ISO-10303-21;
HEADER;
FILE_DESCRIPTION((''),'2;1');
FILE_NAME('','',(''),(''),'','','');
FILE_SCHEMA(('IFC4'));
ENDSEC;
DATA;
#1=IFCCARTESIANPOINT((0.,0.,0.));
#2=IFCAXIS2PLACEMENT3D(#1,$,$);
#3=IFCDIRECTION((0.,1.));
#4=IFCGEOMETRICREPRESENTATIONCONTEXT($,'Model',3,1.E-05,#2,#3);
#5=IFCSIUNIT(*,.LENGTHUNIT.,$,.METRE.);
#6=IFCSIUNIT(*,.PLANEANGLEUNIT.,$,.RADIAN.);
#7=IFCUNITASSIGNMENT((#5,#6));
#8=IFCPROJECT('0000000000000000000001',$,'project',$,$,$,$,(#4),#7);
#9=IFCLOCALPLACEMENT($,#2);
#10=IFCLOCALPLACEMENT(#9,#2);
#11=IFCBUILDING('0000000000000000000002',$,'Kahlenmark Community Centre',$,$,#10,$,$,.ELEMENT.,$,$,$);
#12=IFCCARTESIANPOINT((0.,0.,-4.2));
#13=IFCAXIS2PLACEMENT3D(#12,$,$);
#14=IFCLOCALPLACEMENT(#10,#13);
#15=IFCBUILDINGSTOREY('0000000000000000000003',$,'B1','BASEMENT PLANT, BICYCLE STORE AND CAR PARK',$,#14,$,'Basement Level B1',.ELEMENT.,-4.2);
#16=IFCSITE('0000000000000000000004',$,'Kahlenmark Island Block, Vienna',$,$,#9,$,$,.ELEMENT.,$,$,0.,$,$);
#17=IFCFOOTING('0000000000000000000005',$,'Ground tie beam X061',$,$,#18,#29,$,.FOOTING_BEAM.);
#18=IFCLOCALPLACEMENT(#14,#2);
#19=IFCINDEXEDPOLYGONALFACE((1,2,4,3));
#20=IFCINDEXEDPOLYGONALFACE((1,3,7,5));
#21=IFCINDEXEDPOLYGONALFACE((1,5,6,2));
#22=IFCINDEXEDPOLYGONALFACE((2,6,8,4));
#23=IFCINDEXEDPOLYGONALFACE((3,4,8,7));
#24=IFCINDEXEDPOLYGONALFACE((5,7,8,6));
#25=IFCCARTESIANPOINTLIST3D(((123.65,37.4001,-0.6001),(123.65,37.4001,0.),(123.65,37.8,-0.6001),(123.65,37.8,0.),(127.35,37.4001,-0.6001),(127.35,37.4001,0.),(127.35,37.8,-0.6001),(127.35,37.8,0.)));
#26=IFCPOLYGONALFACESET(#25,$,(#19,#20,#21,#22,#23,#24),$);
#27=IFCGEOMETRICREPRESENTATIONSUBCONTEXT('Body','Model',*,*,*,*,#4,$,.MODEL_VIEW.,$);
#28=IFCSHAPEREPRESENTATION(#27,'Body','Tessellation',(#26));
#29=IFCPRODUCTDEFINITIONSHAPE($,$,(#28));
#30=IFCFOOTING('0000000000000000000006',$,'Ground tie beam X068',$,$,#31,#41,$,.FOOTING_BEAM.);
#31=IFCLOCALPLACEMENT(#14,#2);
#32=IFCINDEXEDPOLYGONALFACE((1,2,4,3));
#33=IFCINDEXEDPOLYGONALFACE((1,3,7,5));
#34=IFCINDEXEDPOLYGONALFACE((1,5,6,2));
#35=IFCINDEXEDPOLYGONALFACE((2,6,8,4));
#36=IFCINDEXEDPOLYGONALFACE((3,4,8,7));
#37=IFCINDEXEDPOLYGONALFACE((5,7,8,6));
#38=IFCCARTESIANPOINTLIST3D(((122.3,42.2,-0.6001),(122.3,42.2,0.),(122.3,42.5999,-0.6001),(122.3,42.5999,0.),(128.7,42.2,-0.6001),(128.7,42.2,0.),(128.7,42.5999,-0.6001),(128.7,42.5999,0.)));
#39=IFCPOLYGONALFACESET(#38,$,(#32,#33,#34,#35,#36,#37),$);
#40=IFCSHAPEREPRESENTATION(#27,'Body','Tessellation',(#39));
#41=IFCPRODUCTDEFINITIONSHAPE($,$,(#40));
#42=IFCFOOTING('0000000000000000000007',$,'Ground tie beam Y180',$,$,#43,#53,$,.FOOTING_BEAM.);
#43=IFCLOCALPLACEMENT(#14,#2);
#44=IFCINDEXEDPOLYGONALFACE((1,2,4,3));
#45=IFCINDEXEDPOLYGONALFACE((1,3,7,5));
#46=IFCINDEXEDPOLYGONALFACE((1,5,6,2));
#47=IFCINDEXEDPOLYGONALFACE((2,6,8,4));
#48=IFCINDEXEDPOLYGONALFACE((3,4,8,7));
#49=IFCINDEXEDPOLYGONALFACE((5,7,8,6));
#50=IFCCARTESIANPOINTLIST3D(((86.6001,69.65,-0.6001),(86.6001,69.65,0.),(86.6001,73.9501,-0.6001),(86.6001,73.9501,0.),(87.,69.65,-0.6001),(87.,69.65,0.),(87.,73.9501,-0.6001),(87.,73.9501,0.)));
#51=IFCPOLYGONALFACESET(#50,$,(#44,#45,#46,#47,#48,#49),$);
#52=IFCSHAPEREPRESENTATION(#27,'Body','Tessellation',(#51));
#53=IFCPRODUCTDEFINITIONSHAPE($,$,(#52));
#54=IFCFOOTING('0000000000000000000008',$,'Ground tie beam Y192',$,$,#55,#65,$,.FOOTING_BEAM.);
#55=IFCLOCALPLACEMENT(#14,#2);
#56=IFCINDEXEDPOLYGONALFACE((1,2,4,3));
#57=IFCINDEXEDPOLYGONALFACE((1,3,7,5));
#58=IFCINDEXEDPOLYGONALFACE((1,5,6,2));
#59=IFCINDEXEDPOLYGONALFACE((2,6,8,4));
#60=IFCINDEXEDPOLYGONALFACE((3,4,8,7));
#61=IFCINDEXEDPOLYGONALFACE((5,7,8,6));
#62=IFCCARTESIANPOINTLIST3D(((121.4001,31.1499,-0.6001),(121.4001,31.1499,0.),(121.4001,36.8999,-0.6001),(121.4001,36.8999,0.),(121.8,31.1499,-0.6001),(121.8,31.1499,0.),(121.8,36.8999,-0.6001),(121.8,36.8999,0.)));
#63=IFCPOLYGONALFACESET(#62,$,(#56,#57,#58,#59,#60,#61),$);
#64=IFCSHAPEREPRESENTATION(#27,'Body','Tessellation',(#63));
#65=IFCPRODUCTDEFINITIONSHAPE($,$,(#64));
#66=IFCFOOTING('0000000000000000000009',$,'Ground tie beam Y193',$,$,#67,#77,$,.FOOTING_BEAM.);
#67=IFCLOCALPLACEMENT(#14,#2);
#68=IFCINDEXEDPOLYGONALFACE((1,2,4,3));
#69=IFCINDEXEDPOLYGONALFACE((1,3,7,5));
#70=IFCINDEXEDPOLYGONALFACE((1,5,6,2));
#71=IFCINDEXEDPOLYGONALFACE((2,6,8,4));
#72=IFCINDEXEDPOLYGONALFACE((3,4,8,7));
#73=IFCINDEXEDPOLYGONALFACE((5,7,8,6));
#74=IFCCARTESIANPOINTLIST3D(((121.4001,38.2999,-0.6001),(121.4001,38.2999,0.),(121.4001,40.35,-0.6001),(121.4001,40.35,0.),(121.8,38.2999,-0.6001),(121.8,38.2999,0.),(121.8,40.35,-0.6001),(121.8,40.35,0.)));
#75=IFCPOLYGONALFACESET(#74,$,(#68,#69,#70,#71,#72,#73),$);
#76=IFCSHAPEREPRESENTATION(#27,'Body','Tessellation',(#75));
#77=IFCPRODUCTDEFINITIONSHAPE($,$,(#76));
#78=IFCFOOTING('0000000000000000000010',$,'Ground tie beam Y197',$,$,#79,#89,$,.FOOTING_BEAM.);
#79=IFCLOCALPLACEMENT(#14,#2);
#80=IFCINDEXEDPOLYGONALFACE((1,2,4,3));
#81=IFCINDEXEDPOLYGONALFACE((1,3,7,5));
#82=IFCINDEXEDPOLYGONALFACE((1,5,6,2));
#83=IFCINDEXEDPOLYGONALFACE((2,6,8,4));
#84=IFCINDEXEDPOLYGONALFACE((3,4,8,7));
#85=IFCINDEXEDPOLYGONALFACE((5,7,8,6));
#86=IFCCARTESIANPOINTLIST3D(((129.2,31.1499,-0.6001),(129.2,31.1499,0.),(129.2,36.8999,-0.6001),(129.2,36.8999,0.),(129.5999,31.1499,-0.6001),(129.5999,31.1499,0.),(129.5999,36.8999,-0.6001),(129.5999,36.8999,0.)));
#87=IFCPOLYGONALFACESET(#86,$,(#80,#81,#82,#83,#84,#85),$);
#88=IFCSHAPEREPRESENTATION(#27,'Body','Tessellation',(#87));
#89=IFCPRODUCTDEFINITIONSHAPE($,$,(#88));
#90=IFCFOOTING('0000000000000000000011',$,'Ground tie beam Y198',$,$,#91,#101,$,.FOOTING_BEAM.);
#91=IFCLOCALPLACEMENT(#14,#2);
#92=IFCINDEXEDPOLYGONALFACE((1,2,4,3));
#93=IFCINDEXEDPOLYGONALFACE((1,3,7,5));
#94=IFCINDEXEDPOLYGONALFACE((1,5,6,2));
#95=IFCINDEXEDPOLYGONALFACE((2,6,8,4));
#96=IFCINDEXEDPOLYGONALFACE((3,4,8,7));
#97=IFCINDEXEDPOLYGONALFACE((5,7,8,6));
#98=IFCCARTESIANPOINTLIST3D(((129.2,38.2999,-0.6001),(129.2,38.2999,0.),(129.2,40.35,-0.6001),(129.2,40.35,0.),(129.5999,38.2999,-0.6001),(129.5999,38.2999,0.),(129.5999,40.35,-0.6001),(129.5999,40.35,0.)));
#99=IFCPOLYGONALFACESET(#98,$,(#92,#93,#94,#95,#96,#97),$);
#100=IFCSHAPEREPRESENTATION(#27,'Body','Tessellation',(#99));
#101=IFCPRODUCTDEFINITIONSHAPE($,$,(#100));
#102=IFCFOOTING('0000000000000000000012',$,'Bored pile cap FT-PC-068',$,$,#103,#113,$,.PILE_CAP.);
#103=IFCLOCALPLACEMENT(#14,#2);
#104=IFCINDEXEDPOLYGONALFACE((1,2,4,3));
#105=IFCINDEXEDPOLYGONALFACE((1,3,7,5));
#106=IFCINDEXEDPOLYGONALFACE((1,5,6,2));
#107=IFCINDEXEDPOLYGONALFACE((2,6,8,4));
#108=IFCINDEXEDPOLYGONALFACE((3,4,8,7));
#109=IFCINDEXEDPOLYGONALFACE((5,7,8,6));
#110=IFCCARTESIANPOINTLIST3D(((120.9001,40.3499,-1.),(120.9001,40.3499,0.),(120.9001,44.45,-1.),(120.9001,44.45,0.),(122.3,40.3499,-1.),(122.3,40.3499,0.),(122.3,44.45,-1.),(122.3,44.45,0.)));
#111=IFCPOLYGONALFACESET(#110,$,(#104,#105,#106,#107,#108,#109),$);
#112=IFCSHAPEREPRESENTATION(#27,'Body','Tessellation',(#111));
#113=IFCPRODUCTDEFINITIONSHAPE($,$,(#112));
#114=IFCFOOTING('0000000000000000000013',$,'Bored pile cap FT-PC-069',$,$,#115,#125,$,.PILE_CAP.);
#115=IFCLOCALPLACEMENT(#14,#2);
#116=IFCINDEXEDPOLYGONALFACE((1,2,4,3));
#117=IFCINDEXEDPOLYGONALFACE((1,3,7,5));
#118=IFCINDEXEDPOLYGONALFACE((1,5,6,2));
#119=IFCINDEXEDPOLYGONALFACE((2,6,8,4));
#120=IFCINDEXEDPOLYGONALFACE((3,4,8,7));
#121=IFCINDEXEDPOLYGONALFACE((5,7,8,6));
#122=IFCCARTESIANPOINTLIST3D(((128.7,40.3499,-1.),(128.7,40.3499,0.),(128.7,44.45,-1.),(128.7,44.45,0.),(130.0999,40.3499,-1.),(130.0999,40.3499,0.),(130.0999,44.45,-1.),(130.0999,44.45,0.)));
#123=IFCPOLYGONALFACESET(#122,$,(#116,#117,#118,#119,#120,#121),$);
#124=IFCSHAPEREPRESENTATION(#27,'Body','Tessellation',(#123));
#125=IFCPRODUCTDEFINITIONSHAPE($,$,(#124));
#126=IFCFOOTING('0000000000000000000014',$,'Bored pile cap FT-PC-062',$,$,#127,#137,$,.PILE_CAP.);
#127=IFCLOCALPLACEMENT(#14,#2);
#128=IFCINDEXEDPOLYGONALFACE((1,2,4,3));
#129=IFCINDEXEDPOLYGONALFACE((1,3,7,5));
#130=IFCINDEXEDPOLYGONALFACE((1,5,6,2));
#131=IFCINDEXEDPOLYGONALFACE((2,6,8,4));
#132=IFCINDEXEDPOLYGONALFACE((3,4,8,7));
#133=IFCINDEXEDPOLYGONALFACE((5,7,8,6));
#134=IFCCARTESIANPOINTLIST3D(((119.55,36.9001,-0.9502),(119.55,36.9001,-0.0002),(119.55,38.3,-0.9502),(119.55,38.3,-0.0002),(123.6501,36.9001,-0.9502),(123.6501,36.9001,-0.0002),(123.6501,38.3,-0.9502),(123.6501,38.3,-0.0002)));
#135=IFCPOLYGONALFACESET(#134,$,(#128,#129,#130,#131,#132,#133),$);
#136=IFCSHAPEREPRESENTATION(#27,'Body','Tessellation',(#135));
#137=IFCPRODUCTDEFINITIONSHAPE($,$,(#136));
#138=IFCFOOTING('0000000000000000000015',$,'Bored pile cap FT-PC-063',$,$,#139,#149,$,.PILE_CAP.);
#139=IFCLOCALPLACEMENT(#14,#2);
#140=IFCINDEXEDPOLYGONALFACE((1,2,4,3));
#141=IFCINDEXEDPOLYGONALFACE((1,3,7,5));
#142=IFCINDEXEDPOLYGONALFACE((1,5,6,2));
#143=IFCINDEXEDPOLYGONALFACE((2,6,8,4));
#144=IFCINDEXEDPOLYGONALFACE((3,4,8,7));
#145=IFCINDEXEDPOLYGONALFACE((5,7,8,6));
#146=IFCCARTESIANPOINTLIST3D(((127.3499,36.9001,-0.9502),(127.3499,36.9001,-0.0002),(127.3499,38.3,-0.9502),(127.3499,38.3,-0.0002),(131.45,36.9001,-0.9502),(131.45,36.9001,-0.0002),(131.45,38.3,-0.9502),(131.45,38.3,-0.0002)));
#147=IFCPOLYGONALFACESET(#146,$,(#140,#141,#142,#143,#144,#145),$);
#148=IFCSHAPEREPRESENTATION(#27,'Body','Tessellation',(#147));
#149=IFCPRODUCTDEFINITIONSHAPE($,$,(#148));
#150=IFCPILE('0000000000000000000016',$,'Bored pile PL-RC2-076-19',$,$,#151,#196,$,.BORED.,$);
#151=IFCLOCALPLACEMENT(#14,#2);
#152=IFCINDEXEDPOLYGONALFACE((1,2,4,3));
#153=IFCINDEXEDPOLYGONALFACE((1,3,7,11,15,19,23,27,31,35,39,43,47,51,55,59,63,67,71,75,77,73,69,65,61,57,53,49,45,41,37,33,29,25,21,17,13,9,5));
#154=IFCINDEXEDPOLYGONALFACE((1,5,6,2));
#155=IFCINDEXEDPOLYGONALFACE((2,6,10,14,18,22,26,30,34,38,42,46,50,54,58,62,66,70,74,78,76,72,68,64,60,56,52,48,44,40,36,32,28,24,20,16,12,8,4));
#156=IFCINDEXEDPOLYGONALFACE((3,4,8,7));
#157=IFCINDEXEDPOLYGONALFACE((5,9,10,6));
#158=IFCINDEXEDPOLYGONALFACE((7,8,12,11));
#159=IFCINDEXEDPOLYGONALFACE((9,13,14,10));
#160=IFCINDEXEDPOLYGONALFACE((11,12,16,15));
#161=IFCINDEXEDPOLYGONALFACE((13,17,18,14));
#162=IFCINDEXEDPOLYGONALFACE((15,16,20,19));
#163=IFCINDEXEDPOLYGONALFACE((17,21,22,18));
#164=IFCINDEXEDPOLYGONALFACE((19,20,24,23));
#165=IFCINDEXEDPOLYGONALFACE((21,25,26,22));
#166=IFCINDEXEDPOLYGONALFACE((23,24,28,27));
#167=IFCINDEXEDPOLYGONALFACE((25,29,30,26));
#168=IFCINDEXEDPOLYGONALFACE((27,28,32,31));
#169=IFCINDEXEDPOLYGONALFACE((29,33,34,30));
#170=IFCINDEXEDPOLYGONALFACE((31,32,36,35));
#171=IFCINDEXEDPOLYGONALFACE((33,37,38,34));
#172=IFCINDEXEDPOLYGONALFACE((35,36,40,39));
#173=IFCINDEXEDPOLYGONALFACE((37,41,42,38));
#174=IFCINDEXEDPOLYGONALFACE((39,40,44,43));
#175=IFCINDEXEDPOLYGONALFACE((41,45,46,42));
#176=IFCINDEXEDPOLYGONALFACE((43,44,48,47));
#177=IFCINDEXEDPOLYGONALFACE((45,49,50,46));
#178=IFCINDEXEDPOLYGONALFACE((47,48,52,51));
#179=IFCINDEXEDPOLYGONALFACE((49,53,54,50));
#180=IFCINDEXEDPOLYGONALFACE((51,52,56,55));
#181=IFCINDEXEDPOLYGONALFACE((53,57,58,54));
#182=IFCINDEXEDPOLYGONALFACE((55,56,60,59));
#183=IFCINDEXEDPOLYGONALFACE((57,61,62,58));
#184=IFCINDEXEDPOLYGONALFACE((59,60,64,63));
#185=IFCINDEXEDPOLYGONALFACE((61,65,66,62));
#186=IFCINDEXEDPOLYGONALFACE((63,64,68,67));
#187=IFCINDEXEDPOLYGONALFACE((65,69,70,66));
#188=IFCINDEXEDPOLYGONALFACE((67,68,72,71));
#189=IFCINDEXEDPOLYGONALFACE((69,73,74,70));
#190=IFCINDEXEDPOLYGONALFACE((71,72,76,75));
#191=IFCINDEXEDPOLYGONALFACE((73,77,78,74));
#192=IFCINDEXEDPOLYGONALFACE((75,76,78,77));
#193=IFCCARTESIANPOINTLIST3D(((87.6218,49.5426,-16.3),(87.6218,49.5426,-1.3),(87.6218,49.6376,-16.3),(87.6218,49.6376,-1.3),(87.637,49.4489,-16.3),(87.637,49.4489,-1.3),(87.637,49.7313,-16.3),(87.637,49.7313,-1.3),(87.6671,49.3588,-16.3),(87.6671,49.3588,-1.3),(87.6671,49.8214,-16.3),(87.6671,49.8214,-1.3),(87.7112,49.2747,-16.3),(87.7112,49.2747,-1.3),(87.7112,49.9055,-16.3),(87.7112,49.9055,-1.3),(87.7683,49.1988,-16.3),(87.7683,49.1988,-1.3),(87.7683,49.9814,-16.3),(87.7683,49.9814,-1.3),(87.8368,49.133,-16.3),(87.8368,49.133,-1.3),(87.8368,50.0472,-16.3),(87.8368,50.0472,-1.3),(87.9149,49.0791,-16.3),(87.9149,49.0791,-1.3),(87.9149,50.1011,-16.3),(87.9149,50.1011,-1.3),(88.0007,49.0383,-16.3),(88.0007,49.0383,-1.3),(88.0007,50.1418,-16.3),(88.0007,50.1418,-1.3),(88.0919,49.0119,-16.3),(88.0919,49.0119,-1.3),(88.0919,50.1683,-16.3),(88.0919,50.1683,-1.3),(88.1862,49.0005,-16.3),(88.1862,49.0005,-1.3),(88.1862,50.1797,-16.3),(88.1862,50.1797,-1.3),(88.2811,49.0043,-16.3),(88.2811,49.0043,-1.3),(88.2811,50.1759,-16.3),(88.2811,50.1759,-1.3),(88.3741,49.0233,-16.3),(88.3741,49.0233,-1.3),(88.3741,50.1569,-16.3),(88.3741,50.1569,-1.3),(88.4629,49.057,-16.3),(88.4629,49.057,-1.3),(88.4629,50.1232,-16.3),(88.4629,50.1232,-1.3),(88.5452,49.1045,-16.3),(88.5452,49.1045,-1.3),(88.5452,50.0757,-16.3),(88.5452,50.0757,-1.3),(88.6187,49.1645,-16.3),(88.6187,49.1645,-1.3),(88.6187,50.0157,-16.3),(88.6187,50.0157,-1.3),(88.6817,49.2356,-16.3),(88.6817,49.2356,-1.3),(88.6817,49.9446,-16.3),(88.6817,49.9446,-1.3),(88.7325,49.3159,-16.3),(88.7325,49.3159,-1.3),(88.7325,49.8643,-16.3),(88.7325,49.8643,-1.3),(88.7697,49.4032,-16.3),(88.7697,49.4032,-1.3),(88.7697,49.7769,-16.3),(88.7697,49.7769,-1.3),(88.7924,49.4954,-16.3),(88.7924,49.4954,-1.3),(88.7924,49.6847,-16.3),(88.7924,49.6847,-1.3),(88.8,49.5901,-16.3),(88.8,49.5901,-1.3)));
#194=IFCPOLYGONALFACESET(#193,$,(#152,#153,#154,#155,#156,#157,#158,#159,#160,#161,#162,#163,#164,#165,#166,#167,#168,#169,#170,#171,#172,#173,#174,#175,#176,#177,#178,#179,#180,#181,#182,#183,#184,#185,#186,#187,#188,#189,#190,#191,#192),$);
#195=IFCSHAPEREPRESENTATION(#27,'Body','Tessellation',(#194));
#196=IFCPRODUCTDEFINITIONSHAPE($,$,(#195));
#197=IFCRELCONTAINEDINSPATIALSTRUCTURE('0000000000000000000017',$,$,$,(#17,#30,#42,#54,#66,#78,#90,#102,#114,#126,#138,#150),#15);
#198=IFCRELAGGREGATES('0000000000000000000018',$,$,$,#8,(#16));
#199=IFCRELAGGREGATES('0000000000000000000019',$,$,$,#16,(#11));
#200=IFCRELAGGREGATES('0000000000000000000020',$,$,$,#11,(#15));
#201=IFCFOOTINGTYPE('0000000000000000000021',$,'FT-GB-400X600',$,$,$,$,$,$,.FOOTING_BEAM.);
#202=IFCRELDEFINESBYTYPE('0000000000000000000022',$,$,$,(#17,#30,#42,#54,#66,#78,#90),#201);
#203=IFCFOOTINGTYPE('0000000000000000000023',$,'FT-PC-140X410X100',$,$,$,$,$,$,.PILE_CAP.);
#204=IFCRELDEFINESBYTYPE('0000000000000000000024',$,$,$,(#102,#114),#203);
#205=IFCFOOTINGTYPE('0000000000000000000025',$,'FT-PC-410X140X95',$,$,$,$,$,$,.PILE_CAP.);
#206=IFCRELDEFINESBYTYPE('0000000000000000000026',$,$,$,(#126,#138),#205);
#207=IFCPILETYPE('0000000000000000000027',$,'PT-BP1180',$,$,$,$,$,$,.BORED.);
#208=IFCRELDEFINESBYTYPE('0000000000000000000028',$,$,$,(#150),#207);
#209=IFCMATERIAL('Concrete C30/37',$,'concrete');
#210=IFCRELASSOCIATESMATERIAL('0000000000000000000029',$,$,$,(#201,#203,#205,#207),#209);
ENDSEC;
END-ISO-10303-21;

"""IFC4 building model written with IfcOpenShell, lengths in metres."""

from ifc_helpers import new_model, si_unit, direction, frame, origin, origin_2d, place, context, subcontext, project, spatial, rectangle, circle, extrude, material, material_profile, profile_set, type_object, element, save


model = new_model("IFC4")

# Units and contexts
model_context = context("Model", 3, precision=1e-05, world=origin(), true_north=direction((0.0, 1.0)))
body_context = subcontext(model_context, "Body", "Model", "MODEL_VIEW")
ifc_project = project(units=[si_unit("LENGTHUNIT", "METRE"), si_unit("PLANEANGLEUNIT", "RADIAN")], contexts=[model_context])

# Site, building, storey
site_placement = place(None, origin())
site = spatial("IfcSite", under=ifc_project, at=site_placement, Name="Kahlenmark Island Block, Vienna", CompositionType="ELEMENT", RefElevation=0.0)
building_placement = place(site_placement, origin())
building = spatial("IfcBuilding", under=site, at=building_placement, Name="Kahlenmark Community Centre", CompositionType="ELEMENT")
storey_placement = place(building_placement, frame((0.0, 0.0, -4.2)))
storey = spatial("IfcBuildingStorey", under=building, at=storey_placement, Name="B1", Description="BASEMENT PLANT, BICYCLE STORE AND CAR PARK", LongName="Basement Level B1", CompositionType="ELEMENT", Elevation=-4.2)

# Footings
ifc_material_1 = material(Name="Concrete C30/37", Category="concrete")
footing_type_1 = type_object("IfcFootingType", Name="FT-GB-400X600", PredefinedType="FOOTING_BEAM", material=ifc_material_1)
footing_1_placement = place(storey_placement, frame((125.5, 37.6001, -0.6001), z_axis=(0.0, 0.0, 1.0), x_axis=(1.0, 0.0, 0.0)))
element("IfcFooting", 1, at=footing_1_placement, inside=storey, type_object=footing_type_1, Name="Ground tie beam X061", PredefinedType="FOOTING_BEAM", context=body_context, shape_type="SweptSolid", body=[
    extrude(rectangle(XDim=3.7, YDim=0.3999, at=origin_2d()), origin(), (0.0, 0.0, 1.0), 0.6001),
])
footing_2_placement = place(storey_placement, frame((125.5, 42.3999, -0.6001), z_axis=(0.0, 0.0, 1.0), x_axis=(1.0, 0.0, 0.0)))
element("IfcFooting", 2, at=footing_2_placement, inside=storey, type_object=footing_type_1, Name="Ground tie beam X068", PredefinedType="FOOTING_BEAM", context=body_context, shape_type="SweptSolid", body=[
    extrude(rectangle(XDim=6.3999, YDim=0.3999, at=origin_2d()), origin(), (0.0, 0.0, 1.0), 0.6001),
])
footing_3_placement = place(storey_placement, frame((86.8, 71.8, -0.6001), z_axis=(0.0, 0.0, 1.0), x_axis=(1.0, 0.0, 0.0)))
element("IfcFooting", 3, at=footing_3_placement, inside=storey, type_object=footing_type_1, Name="Ground tie beam Y180", PredefinedType="FOOTING_BEAM", context=body_context, shape_type="SweptSolid", body=[
    extrude(rectangle(XDim=0.3999, YDim=4.3, at=origin_2d()), origin(), (0.0, 0.0, 1.0), 0.6001),
])
footing_4_placement = place(storey_placement, frame((121.6001, 34.0249, -0.6001), z_axis=(0.0, 0.0, 1.0), x_axis=(1.0, 0.0, 0.0)))
element("IfcFooting", 4, at=footing_4_placement, inside=storey, type_object=footing_type_1, Name="Ground tie beam Y192", PredefinedType="FOOTING_BEAM", context=body_context, shape_type="SweptSolid", body=[
    extrude(rectangle(XDim=0.3999, YDim=5.75, at=origin_2d()), origin(), (0.0, 0.0, 1.0), 0.6001),
])
footing_5_placement = place(storey_placement, frame((121.6001, 39.325, -0.6001), z_axis=(0.0, 0.0, 1.0), x_axis=(1.0, 0.0, 0.0)))
element("IfcFooting", 5, at=footing_5_placement, inside=storey, type_object=footing_type_1, Name="Ground tie beam Y193", PredefinedType="FOOTING_BEAM", context=body_context, shape_type="SweptSolid", body=[
    extrude(rectangle(XDim=0.3999, YDim=2.05, at=origin_2d()), origin(), (0.0, 0.0, 1.0), 0.6001),
])
footing_6_placement = place(storey_placement, frame((129.3999, 34.0249, -0.6001), z_axis=(0.0, 0.0, 1.0), x_axis=(1.0, 0.0, 0.0)))
element("IfcFooting", 6, at=footing_6_placement, inside=storey, type_object=footing_type_1, Name="Ground tie beam Y197", PredefinedType="FOOTING_BEAM", context=body_context, shape_type="SweptSolid", body=[
    extrude(rectangle(XDim=0.3999, YDim=5.75, at=origin_2d()), origin(), (0.0, 0.0, 1.0), 0.6001),
])
footing_7_placement = place(storey_placement, frame((129.3999, 39.325, -0.6001), z_axis=(0.0, 0.0, 1.0), x_axis=(1.0, 0.0, 0.0)))
element("IfcFooting", 7, at=footing_7_placement, inside=storey, type_object=footing_type_1, Name="Ground tie beam Y198", PredefinedType="FOOTING_BEAM", context=body_context, shape_type="SweptSolid", body=[
    extrude(rectangle(XDim=0.3999, YDim=2.05, at=origin_2d()), origin(), (0.0, 0.0, 1.0), 0.6001),
])
footing_type_2 = type_object("IfcFootingType", Name="FT-PC-140X410X100", PredefinedType="PILE_CAP", material=ifc_material_1)
for number, where, z_axis, x_axis, name in (
    (8, (121.6001, 42.3999, -1.0), (0.0, 0.0, 1.0), (1.0, 0.0, 0.0), "Bored pile cap FT-PC-068"),
    (9, (129.3999, 42.3999, -1.0), (0.0, 0.0, 1.0), (1.0, 0.0, 0.0), "Bored pile cap FT-PC-069"),
):
    element("IfcFooting", number, at=place(storey_placement, frame(where, z_axis=z_axis, x_axis=x_axis)), inside=storey, type_object=footing_type_2, Name=name, PredefinedType="PILE_CAP", context=body_context, shape_type="SweptSolid", body=[
        extrude(rectangle(XDim=1.3999, YDim=4.1001, at=origin_2d()), origin(), (0.0, 0.0, 1.0), 1.0),
    ])
footing_type_3 = type_object("IfcFootingType", Name="FT-PC-410X140X95", PredefinedType="PILE_CAP", material=ifc_material_1)
for number, where, z_axis, x_axis, name in (
    (10, (121.6001, 37.6001, -0.9502), (0.0, 0.0, 1.0), (1.0, 0.0, 0.0), "Bored pile cap FT-PC-062"),
    (11, (129.3999, 37.6001, -0.9502), (0.0, 0.0, 1.0), (1.0, 0.0, 0.0), "Bored pile cap FT-PC-063"),
):
    element("IfcFooting", number, at=place(storey_placement, frame(where, z_axis=z_axis, x_axis=x_axis)), inside=storey, type_object=footing_type_3, Name=name, PredefinedType="PILE_CAP", context=body_context, shape_type="SweptSolid", body=[
        extrude(rectangle(XDim=4.1001, YDim=1.3999, at=origin_2d()), origin(), (0.0, 0.0, 1.0), 0.95),
    ])

# Pile
ifc_material_profile_1 = material_profile(ifc_material_1, circle(Radius=0.5901, at=origin_2d()), Name="BORED PILE 1180")
ifc_profile_set_1 = profile_set([ifc_material_profile_1], Name="Concrete C30/37")
pile_type_1 = type_object("IfcPileType", Name="PT-BP1180", PredefinedType="BORED", material=ifc_profile_set_1)
for number, where, z_axis, x_axis, name in (
    (12, (88.21, 49.5901, -1.3), (0.0, 0.0, -1.0), (1.0, 0.0, 0.0), "Bored pile PL-RC2-076-19"),
):
    element("IfcPile", number, at=place(storey_placement, frame(where, z_axis=z_axis, x_axis=x_axis)), inside=storey, type_object=pile_type_1, Name=name, PredefinedType="BORED", context=body_context, shape_type="SweptSolid", body=[
        extrude(circle(Radius=0.5901, at=origin_2d()), origin(), (0.0, 0.0, 1.0), 15.0),
    ])

save(model, "model.ifc")
